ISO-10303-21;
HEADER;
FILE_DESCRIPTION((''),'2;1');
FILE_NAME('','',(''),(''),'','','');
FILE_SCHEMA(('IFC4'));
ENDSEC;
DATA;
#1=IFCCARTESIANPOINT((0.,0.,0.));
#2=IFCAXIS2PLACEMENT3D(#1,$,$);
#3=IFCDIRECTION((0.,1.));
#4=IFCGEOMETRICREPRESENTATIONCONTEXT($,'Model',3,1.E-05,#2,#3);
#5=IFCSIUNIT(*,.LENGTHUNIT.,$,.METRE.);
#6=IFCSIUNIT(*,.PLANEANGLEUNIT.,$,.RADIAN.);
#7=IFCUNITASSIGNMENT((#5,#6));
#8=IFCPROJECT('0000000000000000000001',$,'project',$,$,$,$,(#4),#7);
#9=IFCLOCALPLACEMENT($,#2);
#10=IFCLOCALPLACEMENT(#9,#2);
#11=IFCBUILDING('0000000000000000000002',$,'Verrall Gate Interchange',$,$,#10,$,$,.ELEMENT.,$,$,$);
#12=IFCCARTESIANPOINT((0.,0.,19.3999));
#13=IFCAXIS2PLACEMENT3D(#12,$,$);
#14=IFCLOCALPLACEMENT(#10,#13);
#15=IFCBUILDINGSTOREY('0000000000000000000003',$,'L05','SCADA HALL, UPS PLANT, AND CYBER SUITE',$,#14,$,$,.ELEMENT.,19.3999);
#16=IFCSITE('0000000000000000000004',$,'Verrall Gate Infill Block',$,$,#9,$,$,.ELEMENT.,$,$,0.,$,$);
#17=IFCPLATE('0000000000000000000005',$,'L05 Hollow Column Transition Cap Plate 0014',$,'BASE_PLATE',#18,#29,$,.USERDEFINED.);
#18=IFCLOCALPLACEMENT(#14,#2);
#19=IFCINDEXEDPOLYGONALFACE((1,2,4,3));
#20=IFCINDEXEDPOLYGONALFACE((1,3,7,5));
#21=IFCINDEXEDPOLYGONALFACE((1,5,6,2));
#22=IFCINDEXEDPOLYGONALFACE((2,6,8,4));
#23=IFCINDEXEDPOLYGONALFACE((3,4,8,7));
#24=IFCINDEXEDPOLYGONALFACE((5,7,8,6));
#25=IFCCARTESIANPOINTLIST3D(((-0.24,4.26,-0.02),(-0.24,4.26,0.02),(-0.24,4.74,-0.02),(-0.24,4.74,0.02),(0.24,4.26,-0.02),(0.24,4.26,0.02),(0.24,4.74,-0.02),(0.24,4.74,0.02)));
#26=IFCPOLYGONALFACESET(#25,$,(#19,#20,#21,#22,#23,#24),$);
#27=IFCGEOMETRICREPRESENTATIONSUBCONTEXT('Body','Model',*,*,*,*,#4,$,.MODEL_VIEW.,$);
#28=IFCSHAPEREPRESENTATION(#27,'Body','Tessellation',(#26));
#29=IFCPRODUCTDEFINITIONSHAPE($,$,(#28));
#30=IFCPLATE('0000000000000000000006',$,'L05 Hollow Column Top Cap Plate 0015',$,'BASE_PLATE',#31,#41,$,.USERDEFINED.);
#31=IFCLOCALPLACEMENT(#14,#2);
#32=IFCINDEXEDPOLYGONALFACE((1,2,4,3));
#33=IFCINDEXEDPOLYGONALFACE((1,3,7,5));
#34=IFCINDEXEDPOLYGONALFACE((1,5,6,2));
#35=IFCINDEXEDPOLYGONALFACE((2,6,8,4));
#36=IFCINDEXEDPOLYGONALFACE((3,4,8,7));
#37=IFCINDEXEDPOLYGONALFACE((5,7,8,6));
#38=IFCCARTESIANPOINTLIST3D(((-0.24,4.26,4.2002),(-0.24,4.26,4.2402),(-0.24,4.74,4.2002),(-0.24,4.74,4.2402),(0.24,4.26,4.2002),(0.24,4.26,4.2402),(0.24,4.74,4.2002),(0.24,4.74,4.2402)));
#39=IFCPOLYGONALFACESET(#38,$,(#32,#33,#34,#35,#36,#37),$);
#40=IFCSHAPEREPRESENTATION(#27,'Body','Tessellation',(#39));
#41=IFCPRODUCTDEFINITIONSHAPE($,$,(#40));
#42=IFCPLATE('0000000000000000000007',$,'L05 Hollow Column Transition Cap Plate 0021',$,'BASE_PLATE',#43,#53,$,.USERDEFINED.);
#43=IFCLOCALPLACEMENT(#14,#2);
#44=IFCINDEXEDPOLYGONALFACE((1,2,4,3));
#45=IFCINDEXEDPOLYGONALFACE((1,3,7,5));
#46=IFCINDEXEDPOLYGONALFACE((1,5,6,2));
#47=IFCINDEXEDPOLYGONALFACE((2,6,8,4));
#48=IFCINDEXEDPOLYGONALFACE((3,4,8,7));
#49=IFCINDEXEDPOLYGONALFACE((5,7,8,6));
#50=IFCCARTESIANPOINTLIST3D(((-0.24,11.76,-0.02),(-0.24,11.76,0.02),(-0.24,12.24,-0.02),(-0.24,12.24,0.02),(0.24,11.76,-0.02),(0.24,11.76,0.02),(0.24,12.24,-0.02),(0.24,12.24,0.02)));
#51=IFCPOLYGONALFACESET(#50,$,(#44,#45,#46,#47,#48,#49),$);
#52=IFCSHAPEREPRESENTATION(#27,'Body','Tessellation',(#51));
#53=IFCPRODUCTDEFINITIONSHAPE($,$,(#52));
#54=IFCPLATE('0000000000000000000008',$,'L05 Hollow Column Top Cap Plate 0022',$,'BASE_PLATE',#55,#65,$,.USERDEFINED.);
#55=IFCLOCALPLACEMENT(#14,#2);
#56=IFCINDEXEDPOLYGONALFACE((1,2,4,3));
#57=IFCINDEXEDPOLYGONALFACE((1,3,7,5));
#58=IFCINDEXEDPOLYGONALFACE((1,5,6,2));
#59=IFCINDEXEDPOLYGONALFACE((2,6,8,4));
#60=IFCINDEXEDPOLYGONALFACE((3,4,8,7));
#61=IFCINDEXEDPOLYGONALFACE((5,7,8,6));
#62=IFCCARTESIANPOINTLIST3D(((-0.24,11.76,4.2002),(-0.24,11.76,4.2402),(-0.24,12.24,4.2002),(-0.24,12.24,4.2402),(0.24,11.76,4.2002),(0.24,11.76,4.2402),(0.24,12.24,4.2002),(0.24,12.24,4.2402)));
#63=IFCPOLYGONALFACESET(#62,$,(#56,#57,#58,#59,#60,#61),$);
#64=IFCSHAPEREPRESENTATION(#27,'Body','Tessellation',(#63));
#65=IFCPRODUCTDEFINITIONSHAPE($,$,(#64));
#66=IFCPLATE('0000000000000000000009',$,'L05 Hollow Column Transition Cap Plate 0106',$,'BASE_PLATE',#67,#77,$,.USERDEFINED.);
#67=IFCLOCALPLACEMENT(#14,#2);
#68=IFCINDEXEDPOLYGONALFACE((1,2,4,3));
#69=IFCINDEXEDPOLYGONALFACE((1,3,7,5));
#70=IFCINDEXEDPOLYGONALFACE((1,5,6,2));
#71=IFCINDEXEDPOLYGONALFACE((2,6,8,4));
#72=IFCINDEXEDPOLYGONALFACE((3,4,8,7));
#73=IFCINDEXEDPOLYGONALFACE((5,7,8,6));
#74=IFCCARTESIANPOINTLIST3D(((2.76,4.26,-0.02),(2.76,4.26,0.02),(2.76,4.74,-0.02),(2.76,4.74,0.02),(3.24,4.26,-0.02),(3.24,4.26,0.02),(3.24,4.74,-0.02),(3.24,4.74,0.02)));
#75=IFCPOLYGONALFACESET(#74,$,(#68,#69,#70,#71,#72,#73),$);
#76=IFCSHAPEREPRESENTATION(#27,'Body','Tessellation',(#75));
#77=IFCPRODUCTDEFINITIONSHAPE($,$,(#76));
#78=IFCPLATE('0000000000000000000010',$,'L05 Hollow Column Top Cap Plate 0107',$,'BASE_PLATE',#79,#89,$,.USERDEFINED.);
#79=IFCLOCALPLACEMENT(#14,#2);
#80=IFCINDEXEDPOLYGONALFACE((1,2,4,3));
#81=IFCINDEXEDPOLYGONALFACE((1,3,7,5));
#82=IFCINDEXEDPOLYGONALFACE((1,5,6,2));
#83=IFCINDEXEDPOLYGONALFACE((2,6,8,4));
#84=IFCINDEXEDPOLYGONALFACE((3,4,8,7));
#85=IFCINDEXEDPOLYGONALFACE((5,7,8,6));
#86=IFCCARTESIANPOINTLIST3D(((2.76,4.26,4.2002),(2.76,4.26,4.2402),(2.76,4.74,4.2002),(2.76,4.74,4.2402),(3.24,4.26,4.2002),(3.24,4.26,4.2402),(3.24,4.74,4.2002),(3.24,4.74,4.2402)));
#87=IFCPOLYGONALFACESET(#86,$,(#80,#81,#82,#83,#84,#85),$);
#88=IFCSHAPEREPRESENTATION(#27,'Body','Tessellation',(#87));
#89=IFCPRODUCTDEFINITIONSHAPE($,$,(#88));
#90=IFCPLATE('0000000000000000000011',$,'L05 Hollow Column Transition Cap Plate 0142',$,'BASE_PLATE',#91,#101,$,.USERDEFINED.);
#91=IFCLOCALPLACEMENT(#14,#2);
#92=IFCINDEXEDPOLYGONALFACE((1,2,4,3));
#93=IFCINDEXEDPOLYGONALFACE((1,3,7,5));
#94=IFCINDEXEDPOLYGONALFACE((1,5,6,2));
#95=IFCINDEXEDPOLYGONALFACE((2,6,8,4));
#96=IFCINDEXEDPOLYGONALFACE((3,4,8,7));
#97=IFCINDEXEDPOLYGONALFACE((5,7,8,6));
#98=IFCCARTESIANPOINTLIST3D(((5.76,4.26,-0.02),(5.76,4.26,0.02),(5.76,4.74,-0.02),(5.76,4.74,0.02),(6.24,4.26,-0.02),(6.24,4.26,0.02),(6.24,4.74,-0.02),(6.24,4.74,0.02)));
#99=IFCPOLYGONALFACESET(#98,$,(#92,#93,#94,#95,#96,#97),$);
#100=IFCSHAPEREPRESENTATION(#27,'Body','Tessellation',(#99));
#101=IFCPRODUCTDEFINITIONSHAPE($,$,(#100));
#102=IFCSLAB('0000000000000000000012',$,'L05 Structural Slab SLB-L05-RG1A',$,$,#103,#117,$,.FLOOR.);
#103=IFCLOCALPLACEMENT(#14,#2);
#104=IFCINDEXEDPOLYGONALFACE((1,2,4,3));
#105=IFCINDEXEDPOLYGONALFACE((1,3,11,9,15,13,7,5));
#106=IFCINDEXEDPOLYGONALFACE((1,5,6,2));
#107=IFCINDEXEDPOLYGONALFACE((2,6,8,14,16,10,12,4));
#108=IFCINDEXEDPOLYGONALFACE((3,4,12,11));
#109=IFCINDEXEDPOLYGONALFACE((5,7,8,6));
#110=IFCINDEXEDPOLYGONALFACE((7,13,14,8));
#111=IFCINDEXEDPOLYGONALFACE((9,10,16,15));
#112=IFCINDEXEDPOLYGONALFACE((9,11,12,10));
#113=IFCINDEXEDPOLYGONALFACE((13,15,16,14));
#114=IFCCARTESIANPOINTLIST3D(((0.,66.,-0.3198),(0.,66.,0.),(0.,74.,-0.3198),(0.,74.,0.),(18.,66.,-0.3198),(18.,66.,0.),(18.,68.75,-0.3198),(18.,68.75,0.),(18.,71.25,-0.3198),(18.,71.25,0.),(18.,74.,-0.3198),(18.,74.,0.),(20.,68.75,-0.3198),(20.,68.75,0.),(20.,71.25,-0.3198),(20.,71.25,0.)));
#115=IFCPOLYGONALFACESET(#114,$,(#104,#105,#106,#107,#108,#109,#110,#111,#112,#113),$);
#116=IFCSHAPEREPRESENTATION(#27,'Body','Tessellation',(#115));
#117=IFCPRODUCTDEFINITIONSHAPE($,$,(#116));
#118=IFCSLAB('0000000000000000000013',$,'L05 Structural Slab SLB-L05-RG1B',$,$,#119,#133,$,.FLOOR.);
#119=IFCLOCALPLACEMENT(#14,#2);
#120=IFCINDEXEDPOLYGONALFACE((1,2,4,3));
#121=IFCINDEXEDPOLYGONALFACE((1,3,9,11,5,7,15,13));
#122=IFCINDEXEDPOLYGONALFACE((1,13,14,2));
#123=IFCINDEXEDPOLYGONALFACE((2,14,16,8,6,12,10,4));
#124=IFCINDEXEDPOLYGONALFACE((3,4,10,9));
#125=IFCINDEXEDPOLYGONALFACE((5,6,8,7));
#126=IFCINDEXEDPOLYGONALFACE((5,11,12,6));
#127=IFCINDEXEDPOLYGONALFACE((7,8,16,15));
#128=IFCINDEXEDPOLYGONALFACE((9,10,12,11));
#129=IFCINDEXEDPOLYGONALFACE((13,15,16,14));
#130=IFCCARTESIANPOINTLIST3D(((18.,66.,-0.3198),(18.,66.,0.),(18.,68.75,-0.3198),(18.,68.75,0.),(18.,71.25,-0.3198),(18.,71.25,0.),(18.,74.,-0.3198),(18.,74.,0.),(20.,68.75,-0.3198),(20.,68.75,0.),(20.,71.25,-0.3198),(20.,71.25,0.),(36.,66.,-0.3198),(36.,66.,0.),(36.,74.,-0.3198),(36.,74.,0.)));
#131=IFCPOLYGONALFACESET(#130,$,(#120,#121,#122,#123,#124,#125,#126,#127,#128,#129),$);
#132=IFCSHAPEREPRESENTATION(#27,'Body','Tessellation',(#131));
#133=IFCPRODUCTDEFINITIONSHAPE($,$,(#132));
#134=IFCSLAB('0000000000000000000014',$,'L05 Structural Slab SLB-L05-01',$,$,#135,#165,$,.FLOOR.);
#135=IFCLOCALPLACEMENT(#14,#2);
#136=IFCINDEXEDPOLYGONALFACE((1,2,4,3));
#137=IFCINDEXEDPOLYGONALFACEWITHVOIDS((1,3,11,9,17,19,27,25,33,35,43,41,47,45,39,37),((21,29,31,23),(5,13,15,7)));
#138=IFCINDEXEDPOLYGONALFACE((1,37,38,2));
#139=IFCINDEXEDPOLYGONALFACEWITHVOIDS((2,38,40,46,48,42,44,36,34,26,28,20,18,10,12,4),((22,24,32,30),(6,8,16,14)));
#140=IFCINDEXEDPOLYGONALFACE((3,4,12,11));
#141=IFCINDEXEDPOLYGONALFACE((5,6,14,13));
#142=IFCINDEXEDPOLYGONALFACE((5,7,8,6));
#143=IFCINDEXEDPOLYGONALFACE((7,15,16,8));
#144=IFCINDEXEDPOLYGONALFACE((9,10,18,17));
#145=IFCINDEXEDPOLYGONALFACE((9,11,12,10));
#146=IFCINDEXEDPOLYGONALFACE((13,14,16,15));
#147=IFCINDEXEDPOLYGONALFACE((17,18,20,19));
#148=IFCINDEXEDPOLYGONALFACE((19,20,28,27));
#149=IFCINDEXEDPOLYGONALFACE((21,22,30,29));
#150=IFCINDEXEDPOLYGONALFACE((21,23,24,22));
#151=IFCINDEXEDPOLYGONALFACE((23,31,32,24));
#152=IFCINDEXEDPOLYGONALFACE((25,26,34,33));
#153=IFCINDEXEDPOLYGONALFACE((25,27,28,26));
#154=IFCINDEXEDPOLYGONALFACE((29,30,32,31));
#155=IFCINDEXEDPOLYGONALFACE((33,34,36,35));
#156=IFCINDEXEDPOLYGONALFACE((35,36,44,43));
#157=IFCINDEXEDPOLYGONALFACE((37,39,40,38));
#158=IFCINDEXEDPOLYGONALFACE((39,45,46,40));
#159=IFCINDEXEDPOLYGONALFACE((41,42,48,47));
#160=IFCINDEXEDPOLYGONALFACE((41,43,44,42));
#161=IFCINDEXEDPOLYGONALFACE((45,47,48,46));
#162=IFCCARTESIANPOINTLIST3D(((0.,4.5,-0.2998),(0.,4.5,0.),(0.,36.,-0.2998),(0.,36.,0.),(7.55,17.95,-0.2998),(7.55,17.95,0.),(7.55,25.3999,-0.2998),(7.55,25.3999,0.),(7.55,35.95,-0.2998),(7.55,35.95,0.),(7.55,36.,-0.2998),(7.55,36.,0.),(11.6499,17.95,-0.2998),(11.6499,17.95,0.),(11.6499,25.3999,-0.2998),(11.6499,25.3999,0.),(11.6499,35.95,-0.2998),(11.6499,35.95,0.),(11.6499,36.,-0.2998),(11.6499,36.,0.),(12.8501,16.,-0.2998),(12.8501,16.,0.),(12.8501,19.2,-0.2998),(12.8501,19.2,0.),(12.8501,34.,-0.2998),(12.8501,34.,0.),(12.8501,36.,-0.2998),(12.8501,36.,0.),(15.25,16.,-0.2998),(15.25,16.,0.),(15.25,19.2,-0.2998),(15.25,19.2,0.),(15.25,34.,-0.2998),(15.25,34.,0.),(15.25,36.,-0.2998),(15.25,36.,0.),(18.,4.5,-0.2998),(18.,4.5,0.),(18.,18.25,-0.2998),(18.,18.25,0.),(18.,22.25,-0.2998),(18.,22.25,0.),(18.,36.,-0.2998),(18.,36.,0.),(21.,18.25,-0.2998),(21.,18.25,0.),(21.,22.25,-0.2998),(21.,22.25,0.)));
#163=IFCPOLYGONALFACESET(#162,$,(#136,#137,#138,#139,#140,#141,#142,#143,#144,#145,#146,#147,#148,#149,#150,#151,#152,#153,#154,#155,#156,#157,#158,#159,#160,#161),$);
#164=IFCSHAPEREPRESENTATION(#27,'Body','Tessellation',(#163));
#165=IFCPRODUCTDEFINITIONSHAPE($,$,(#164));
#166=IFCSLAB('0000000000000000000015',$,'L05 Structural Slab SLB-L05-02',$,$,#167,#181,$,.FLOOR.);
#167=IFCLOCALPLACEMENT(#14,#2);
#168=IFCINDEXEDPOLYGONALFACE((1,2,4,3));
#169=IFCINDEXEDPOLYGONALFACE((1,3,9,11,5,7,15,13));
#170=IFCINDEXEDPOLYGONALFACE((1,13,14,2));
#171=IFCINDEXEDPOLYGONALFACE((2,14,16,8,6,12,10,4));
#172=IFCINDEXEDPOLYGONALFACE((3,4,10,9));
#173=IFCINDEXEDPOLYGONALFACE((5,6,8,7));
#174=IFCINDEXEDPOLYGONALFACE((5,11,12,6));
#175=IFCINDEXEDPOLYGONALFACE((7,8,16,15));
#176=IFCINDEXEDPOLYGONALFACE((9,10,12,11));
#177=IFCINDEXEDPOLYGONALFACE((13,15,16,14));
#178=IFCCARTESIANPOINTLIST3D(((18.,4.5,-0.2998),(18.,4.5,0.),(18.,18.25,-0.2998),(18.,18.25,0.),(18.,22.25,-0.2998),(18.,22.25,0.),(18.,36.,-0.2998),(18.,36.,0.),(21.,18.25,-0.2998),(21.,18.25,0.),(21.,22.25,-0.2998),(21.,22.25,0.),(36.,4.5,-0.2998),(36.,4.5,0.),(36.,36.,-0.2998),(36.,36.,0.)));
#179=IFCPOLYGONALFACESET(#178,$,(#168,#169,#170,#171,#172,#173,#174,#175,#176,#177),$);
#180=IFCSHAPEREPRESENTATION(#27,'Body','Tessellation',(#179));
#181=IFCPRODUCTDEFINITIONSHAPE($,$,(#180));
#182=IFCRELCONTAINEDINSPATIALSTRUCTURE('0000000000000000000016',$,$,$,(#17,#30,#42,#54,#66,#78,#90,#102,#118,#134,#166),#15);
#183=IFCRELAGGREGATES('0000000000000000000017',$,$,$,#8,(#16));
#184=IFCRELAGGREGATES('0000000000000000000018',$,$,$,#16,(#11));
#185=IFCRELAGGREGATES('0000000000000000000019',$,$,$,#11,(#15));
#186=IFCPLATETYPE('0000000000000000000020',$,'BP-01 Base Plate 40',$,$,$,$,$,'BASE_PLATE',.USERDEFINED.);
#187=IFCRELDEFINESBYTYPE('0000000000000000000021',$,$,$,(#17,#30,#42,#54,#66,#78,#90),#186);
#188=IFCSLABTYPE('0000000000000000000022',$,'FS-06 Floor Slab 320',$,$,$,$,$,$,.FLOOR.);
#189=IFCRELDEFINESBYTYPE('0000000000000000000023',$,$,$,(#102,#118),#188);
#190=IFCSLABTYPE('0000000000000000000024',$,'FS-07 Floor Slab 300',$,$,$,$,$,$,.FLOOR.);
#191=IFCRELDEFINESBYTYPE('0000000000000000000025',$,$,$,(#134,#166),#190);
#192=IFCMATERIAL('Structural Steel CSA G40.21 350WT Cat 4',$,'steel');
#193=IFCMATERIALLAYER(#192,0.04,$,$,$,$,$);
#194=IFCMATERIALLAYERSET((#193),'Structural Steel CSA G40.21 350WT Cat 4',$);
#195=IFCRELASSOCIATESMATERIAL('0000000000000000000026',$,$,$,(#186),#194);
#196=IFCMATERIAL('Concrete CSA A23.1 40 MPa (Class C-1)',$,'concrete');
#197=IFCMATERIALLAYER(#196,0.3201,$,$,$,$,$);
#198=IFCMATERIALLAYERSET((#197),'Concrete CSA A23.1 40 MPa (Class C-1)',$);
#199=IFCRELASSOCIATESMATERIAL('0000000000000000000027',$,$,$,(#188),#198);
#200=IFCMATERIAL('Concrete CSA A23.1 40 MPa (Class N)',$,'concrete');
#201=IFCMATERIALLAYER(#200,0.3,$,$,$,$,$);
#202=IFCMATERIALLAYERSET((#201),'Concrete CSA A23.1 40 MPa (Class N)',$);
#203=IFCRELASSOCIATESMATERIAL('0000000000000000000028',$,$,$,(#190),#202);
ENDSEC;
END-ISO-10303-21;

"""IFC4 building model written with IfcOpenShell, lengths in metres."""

from ifc_helpers import new_model, si_unit, direction, frame, origin, origin_2d, place, context, subcontext, project, spatial, polyline, rectangle, outline, extrude, material, layer, layer_set, type_object, element, save


model = new_model("IFC4")

# Units and contexts
model_context = context("Model", 3, precision=1e-05, world=origin(), true_north=direction((0.0, 1.0)))
body_context = subcontext(model_context, "Body", "Model", "MODEL_VIEW")
ifc_project = project(units=[si_unit("LENGTHUNIT", "METRE"), si_unit("PLANEANGLEUNIT", "RADIAN")], contexts=[model_context])

# Site, building, storey
site_placement = place(None, origin())
site = spatial("IfcSite", under=ifc_project, at=site_placement, Name="Verrall Gate Infill Block", CompositionType="ELEMENT", RefElevation=0.0)
building_placement = place(site_placement, origin())
building = spatial("IfcBuilding", under=site, at=building_placement, Name="Verrall Gate Interchange", CompositionType="ELEMENT")
storey_placement = place(building_placement, frame((0.0, 0.0, 19.3999)))
storey = spatial("IfcBuildingStorey", under=building, at=storey_placement, Name="L05", Description="SCADA HALL, UPS PLANT, AND CYBER SUITE", CompositionType="ELEMENT", Elevation=19.3999)

# Plates
ifc_material_1 = material(Name="Structural Steel CSA G40.21 350WT Cat 4", Category="steel")
ifc_layer_1 = layer(ifc_material_1, 0.04)
ifc_layer_set_1 = layer_set([ifc_layer_1], Name="Structural Steel CSA G40.21 350WT Cat 4")
plate_type = type_object("IfcPlateType", Name="BP-01 Base Plate 40", ElementType="BASE_PLATE", PredefinedType="USERDEFINED", material=ifc_layer_set_1)
for number, where, z_axis, x_axis, name in (
    (1, (0.0, 4.5, -0.02), (0.0, 0.0, 1.0), (1.0, 0.0, 0.0), "L05 Hollow Column Transition Cap Plate 0014"),
    (2, (0.0, 4.5, 4.2002), (0.0, 0.0, 1.0), (1.0, 0.0, 0.0), "L05 Hollow Column Top Cap Plate 0015"),
    (3, (0.0, 12.0, -0.02), (0.0, 0.0, 1.0), (1.0, 0.0, 0.0), "L05 Hollow Column Transition Cap Plate 0021"),
    (4, (0.0, 12.0, 4.2002), (0.0, 0.0, 1.0), (1.0, 0.0, 0.0), "L05 Hollow Column Top Cap Plate 0022"),
    (5, (3.0, 4.5, -0.02), (0.0, 0.0, 1.0), (1.0, 0.0, 0.0), "L05 Hollow Column Transition Cap Plate 0106"),
    (6, (3.0, 4.5, 4.2002), (0.0, 0.0, 1.0), (1.0, 0.0, 0.0), "L05 Hollow Column Top Cap Plate 0107"),
    (7, (6.0, 4.5, -0.02), (0.0, 0.0, 1.0), (1.0, 0.0, 0.0), "L05 Hollow Column Transition Cap Plate 0142"),
):
    element("IfcPlate", number, at=place(storey_placement, frame(where, z_axis=z_axis, x_axis=x_axis)), inside=storey, type_object=plate_type, Name=name, ObjectType="BASE_PLATE", PredefinedType="USERDEFINED", context=body_context, shape_type="SweptSolid", body=[
        extrude(rectangle(XDim=0.48, YDim=0.48, at=origin_2d()), origin(), (0.0, 0.0, 1.0), 0.04),
    ])

# Slabs
ifc_material_2 = material(Name="Concrete CSA A23.1 40 MPa (Class C-1)", Category="concrete")
ifc_layer_2 = layer(ifc_material_2, 0.3201)
ifc_layer_set_2 = layer_set([ifc_layer_2], Name="Concrete CSA A23.1 40 MPa (Class C-1)")
slab_type_1 = type_object("IfcSlabType", Name="FS-06 Floor Slab 320", PredefinedType="FLOOR", material=ifc_layer_set_2)
slab_1_placement = place(storey_placement, frame((0.0, 0.0, -0.3198)))
element("IfcSlab", 8, at=slab_1_placement, inside=storey, type_object=slab_type_1, Name="L05 Structural Slab SLB-L05-RG1A", PredefinedType="FLOOR", context=body_context, shape_type="SweptSolid", body=[
    extrude(outline(polyline([(0.0, 74.0), (18.0, 74.0), (18.0, 71.25), (20.0, 71.25), (20.0, 68.75), (18.0, 68.75), (18.0, 66.0), (0.0, 66.0), (0.0, 74.0)])), origin(), (0.0, 0.0, 1.0), 0.3198),
])
slab_2_placement = place(storey_placement, frame((0.0, 0.0, -0.3198)))
element("IfcSlab", 9, at=slab_2_placement, inside=storey, type_object=slab_type_1, Name="L05 Structural Slab SLB-L05-RG1B", PredefinedType="FLOOR", context=body_context, shape_type="SweptSolid", body=[
    extrude(outline(polyline([(36.0, 66.0), (18.0, 66.0), (18.0, 68.75), (20.0, 68.75), (20.0, 71.25), (18.0, 71.25), (18.0, 74.0), (36.0, 74.0), (36.0, 66.0)])), origin(), (0.0, 0.0, 1.0), 0.3198),
])
ifc_material_3 = material(Name="Concrete CSA A23.1 40 MPa (Class N)", Category="concrete")
ifc_layer_3 = layer(ifc_material_3, 0.3)
ifc_layer_set_3 = layer_set([ifc_layer_3], Name="Concrete CSA A23.1 40 MPa (Class N)")
slab_type_2 = type_object("IfcSlabType", Name="FS-07 Floor Slab 300", PredefinedType="FLOOR", material=ifc_layer_set_3)
slab_3_placement = place(storey_placement, frame((0.0, 0.0, -0.2998)))
element("IfcSlab", 10, at=slab_3_placement, inside=storey, type_object=slab_type_2, Name="L05 Structural Slab SLB-L05-01", PredefinedType="FLOOR", context=body_context, shape_type="SweptSolid", body=[
    extrude(outline(polyline([(0.0, 4.5), (0.0, 36.0), (7.55, 36.0), (7.55, 35.95), (11.6499, 35.95), (11.6499, 36.0), (12.8501, 36.0), (12.8501, 34.0), (15.25, 34.0), (15.25, 36.0), (18.0, 36.0), (18.0, 22.25), (21.0, 22.25), (21.0, 18.25), (18.0, 18.25), (18.0, 4.5), (0.0, 4.5)]), holes=[polyline([(12.8501, 16.0), (15.25, 16.0), (15.25, 19.2), (12.8501, 19.2), (12.8501, 16.0)]), polyline([(7.55, 25.3999), (7.55, 17.95), (11.6499, 17.95), (11.6499, 25.3999), (7.55, 25.3999)])]), origin(), (0.0, 0.0, 1.0), 0.2998),
])
slab_4_placement = place(storey_placement, frame((0.0, 0.0, -0.2998)))
element("IfcSlab", 11, at=slab_4_placement, inside=storey, type_object=slab_type_2, Name="L05 Structural Slab SLB-L05-02", PredefinedType="FLOOR", context=body_context, shape_type="SweptSolid", body=[
    extrude(outline(polyline([(36.0, 4.5), (18.0, 4.5), (18.0, 18.25), (21.0, 18.25), (21.0, 22.25), (18.0, 22.25), (18.0, 36.0), (36.0, 36.0), (36.0, 4.5)])), origin(), (0.0, 0.0, 1.0), 0.2998),
])

save(model, "model.ifc")
